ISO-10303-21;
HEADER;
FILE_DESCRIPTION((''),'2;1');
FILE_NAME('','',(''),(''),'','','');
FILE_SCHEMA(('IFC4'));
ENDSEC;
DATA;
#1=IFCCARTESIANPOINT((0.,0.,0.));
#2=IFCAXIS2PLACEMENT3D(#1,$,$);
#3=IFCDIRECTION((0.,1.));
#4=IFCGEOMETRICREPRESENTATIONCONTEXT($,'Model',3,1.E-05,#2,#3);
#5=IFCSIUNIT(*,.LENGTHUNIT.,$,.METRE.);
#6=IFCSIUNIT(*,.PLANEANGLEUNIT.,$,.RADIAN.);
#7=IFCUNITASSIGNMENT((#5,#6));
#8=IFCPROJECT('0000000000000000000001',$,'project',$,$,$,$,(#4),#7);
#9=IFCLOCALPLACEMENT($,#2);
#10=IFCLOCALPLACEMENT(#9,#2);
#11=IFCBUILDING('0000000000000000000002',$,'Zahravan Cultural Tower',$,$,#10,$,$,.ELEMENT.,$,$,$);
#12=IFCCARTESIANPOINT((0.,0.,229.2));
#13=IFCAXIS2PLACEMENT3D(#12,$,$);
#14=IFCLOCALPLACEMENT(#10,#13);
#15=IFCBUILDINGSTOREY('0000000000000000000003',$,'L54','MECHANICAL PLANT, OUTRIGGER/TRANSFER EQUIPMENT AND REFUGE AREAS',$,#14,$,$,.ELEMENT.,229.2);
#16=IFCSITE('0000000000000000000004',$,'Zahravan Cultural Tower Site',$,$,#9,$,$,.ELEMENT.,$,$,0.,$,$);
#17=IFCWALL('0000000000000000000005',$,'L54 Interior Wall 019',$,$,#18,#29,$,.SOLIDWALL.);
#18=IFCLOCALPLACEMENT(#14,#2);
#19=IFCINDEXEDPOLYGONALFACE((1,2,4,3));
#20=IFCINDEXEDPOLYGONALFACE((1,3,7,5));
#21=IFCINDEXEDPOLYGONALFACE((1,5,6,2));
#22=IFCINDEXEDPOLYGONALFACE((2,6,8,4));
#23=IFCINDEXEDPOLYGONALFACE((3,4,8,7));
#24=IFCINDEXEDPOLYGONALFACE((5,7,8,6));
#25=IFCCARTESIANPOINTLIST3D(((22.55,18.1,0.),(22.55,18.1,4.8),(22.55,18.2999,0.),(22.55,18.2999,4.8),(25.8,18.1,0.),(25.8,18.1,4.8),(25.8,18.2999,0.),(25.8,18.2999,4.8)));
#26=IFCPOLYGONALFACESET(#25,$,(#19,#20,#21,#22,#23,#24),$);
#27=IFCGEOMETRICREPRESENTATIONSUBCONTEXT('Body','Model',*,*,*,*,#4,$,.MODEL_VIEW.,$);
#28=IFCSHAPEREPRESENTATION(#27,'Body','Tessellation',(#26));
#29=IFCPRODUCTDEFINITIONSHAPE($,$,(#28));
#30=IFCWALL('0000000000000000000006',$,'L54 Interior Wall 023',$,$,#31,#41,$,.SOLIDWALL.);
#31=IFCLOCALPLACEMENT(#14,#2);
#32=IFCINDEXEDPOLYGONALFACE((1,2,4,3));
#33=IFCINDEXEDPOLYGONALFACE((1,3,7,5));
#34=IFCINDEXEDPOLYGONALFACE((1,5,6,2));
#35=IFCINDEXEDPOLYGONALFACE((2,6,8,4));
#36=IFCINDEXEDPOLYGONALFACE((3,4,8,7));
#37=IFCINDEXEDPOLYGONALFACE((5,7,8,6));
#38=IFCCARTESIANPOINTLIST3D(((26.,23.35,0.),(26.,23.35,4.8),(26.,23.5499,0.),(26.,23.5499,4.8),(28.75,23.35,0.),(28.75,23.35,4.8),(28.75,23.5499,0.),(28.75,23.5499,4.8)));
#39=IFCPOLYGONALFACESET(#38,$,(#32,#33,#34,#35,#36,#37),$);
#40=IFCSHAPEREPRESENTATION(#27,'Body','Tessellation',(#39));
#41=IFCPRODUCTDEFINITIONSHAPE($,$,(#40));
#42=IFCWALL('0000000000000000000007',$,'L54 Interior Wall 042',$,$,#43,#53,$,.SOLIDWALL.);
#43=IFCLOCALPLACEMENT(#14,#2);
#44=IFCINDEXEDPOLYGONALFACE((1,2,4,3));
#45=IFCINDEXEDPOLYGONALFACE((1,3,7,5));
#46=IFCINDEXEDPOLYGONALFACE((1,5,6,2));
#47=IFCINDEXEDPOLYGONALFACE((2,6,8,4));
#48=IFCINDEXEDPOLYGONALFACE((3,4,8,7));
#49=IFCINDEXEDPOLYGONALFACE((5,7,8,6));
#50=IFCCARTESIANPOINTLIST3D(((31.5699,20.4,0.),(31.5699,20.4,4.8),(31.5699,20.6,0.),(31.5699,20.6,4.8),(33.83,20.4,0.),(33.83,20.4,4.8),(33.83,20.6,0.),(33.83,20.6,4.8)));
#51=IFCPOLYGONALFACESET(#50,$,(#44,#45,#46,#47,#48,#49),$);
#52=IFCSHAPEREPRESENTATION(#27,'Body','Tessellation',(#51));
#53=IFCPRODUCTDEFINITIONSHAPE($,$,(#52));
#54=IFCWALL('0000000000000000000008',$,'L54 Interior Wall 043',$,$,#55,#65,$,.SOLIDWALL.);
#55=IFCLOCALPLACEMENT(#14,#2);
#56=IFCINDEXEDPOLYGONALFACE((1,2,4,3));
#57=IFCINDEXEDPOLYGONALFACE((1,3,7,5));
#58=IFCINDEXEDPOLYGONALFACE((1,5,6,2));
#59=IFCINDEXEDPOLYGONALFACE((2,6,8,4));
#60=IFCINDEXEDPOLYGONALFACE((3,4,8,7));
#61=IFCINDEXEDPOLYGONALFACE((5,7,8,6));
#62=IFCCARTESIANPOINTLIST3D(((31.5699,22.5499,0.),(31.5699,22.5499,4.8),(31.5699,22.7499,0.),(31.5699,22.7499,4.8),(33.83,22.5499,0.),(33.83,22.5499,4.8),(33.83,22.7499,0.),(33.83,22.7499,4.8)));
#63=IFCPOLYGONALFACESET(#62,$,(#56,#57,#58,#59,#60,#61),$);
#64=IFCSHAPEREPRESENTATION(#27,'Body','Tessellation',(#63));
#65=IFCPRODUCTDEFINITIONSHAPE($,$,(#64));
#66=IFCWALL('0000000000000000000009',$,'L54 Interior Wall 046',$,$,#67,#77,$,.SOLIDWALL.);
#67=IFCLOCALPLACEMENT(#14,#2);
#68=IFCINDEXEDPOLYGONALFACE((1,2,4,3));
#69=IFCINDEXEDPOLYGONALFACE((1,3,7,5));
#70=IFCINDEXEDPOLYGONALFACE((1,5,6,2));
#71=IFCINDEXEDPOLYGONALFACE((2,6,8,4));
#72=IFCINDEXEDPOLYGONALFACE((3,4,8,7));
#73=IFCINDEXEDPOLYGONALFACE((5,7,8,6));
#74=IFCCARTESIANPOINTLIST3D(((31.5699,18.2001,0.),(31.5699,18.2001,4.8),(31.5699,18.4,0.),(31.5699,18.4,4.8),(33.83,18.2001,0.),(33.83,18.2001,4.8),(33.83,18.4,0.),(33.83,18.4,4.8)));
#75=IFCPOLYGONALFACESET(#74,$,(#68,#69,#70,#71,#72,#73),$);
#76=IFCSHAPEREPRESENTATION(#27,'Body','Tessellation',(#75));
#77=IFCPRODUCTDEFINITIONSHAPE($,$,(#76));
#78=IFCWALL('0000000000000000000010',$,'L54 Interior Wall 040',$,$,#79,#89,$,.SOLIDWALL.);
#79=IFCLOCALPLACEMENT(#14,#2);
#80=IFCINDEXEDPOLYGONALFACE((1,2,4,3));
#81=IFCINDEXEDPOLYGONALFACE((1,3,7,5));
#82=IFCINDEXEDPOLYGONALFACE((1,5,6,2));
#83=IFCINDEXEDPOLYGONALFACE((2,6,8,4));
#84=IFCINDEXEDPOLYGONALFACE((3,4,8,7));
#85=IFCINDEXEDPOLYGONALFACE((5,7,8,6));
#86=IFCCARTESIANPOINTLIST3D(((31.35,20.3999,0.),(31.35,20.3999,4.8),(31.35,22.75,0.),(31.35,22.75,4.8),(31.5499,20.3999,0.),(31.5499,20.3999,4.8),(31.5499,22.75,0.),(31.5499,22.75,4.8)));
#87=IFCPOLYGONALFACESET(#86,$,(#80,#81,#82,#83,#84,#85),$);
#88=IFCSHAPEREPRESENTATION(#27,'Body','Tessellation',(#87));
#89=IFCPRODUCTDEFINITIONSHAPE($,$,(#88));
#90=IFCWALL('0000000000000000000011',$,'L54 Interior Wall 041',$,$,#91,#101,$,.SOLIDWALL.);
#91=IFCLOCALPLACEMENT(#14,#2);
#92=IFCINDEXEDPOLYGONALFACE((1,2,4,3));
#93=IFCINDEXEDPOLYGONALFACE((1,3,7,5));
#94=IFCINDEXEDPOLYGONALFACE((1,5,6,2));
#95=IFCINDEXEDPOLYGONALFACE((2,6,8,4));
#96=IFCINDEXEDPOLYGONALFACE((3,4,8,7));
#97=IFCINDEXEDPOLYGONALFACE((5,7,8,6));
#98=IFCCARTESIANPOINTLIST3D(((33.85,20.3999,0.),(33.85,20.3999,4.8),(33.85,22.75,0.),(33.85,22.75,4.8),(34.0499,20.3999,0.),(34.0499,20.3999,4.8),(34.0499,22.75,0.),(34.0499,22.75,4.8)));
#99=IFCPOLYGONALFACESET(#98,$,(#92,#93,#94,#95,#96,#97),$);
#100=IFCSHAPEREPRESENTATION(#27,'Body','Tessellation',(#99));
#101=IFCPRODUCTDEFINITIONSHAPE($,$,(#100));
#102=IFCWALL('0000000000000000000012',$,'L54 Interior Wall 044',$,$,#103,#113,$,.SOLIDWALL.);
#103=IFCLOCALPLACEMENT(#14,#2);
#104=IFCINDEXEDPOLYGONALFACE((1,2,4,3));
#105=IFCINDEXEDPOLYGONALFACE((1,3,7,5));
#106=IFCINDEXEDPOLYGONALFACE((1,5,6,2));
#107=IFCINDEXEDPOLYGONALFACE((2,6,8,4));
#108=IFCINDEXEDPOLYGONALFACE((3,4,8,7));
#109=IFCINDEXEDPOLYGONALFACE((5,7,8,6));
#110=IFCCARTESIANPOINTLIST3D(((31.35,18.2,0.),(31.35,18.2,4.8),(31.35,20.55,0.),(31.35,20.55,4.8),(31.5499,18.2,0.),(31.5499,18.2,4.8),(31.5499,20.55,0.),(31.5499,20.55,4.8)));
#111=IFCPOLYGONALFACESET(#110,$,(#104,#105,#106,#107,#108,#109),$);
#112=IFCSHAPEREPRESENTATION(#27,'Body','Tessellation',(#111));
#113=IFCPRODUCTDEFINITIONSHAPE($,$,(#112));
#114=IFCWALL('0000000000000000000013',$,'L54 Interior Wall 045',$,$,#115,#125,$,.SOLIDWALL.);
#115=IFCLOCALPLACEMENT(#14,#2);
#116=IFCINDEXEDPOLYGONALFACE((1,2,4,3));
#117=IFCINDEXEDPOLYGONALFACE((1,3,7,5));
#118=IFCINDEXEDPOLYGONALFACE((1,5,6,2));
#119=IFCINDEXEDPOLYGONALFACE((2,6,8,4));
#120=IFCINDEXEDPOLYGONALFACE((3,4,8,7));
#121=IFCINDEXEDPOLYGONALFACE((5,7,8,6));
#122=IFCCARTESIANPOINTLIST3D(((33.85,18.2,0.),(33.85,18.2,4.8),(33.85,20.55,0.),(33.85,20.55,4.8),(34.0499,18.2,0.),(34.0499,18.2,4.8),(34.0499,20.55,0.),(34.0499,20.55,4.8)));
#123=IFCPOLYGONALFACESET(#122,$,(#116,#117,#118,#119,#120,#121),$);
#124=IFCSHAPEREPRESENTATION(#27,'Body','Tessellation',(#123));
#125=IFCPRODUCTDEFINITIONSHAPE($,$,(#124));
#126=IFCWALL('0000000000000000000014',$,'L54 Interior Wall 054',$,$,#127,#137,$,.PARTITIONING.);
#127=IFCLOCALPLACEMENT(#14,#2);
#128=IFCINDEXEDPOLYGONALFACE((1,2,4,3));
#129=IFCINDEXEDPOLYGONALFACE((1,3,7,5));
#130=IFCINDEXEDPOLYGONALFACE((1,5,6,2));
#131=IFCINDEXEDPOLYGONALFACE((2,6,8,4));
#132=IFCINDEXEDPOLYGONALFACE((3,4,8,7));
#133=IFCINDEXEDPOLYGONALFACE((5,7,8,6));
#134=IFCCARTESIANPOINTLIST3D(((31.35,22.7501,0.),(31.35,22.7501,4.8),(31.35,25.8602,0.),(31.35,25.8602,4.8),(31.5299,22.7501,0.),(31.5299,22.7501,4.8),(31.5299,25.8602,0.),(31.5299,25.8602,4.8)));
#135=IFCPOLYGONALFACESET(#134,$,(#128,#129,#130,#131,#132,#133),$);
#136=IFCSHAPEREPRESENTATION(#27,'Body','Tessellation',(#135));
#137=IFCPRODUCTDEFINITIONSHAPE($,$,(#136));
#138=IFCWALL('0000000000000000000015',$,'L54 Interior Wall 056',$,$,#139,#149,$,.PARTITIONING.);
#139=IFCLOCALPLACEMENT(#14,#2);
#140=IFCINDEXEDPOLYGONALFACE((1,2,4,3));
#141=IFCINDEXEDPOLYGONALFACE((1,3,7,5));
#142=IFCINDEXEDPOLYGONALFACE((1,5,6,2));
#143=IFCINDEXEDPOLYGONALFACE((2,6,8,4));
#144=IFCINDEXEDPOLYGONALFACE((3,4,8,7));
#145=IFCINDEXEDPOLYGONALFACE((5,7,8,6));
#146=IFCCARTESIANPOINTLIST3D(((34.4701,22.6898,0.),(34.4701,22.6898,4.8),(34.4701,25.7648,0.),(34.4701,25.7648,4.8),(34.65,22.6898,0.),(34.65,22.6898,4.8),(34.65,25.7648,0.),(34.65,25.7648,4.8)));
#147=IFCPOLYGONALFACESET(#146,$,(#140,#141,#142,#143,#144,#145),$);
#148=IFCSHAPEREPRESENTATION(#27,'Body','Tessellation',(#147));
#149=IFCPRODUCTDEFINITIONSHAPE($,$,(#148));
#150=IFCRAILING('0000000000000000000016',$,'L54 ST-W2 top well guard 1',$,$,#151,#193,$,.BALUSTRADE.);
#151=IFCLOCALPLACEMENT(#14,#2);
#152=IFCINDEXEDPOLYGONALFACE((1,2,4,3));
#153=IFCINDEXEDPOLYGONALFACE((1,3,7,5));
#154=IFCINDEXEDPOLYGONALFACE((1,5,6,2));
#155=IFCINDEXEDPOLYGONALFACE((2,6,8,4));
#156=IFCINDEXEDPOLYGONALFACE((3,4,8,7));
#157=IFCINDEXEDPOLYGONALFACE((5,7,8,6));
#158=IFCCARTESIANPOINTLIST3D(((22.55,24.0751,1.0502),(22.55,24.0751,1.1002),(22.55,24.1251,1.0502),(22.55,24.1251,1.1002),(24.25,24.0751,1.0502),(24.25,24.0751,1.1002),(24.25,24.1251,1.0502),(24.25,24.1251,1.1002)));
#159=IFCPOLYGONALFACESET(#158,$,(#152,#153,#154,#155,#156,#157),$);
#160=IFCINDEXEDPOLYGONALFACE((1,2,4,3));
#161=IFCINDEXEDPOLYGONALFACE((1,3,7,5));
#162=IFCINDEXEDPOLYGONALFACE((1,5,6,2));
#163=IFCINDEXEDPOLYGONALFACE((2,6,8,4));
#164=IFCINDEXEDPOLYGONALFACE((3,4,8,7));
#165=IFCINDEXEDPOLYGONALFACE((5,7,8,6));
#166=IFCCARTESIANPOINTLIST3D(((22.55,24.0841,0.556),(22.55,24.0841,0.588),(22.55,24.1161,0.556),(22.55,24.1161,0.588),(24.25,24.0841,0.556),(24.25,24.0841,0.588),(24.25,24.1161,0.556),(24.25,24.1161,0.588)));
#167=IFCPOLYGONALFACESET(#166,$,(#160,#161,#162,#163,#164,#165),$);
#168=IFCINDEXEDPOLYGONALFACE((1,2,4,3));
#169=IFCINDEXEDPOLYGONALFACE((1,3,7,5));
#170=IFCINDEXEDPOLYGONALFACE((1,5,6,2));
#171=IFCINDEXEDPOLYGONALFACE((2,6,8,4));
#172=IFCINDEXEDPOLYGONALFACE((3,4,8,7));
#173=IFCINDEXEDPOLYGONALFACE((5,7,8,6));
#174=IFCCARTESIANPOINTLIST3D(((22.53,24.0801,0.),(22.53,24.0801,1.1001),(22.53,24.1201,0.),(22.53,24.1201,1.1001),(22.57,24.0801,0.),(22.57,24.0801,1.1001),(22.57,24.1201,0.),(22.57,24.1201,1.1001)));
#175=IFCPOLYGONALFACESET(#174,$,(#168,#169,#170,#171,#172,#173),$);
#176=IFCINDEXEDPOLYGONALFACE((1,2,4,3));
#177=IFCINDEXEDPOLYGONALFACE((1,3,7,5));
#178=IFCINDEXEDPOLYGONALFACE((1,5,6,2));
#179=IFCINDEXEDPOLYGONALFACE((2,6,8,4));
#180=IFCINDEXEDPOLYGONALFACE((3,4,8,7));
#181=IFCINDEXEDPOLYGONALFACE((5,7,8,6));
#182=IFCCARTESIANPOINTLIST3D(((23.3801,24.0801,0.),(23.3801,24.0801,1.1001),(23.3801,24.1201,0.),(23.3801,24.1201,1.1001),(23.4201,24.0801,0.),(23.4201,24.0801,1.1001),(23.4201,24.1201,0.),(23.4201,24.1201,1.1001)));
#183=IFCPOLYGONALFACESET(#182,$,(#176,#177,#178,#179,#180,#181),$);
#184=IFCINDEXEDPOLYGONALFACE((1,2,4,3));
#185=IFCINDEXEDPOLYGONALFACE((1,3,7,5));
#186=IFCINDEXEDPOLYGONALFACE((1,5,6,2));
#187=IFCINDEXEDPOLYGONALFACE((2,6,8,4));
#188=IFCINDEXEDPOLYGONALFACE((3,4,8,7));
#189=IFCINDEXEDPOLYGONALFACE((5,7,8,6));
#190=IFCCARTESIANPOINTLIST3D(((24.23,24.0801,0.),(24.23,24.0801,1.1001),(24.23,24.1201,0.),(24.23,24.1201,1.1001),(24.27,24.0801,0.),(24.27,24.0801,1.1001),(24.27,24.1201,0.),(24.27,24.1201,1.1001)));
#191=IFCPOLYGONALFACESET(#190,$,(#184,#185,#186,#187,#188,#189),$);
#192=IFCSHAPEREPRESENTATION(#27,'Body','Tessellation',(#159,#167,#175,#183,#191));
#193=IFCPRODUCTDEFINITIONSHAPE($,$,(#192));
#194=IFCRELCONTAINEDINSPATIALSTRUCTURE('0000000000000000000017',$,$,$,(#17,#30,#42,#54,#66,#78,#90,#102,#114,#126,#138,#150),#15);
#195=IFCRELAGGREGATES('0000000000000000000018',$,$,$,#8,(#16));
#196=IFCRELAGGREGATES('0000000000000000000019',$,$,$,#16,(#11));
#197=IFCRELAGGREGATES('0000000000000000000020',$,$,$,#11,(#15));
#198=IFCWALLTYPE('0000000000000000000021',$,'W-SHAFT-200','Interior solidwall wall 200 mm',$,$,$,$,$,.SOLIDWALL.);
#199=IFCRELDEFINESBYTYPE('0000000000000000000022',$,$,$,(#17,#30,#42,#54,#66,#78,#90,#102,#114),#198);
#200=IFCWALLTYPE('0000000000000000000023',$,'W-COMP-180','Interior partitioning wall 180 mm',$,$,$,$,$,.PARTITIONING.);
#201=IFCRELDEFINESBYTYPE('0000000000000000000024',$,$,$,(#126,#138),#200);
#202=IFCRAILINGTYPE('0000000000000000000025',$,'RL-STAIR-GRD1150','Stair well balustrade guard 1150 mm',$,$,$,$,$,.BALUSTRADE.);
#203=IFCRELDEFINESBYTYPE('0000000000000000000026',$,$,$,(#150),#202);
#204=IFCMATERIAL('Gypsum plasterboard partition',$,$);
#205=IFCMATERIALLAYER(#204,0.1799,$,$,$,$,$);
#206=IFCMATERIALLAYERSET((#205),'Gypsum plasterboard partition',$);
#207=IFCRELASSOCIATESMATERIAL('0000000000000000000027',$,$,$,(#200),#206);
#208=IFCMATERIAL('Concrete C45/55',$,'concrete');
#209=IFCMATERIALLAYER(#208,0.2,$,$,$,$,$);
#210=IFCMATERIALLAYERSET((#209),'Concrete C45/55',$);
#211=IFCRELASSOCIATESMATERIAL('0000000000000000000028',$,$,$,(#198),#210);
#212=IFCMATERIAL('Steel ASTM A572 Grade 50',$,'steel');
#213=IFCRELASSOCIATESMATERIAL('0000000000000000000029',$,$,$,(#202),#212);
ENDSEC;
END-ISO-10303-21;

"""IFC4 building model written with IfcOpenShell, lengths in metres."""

from ifc_helpers import new_model, si_unit, direction, frame, frame_2d, origin, origin_2d, place, context, subcontext, project, spatial, rectangle, extrude, source, transform, mapped, material, layer, layer_set, type_object, element, save


model = new_model("IFC4")

# Units and contexts
model_context = context("Model", 3, precision=1e-05, world=origin(), true_north=direction((0.0, 1.0)))
body_context = subcontext(model_context, "Body", "Model", "MODEL_VIEW")
ifc_project = project(units=[si_unit("LENGTHUNIT", "METRE"), si_unit("PLANEANGLEUNIT", "RADIAN")], contexts=[model_context])

# Site, building, storey
site_placement = place(None, origin())
site = spatial("IfcSite", under=ifc_project, at=site_placement, Name="Zahravan Cultural Tower Site", CompositionType="ELEMENT", RefElevation=0.0)
building_placement = place(site_placement, origin())
building = spatial("IfcBuilding", under=site, at=building_placement, Name="Zahravan Cultural Tower", CompositionType="ELEMENT")
storey_placement = place(building_placement, frame((0.0, 0.0, 229.2)))
storey = spatial("IfcBuildingStorey", under=building, at=storey_placement, Name="L54", Description="MECHANICAL PLANT, OUTRIGGER/TRANSFER EQUIPMENT AND REFUGE AREAS", CompositionType="ELEMENT", Elevation=229.2)

# Shared definitions
ifc_material_1 = material(Name="Gypsum plasterboard partition")
ifc_layer_1 = layer(ifc_material_1, 0.1799)
ifc_layer_set_1 = layer_set([ifc_layer_1], Name="Gypsum plasterboard partition")
wall_type_1 = type_object("IfcWallType", Name="W-COMP-180", Description="Interior partitioning wall 180 mm", PredefinedType="PARTITIONING", material=ifc_layer_set_1)
ifc_material_2 = material(Name="Steel ASTM A572 Grade 50", Category="steel")
ifc_material_3 = material(Name="Concrete C45/55", Category="concrete")
ifc_layer_2 = layer(ifc_material_3, 0.2)
ifc_layer_set_2 = layer_set([ifc_layer_2], Name="Concrete C45/55")
wall_type_2 = type_object("IfcWallType", Name="W-SHAFT-200", Description="Interior solidwall wall 200 mm", PredefinedType="SOLIDWALL", material=ifc_layer_set_2)

# Walls
shared_shape_1 = source(origin(), body_context, "Body", "SweptSolid", [
    extrude(rectangle(XDim=3.25, YDim=0.2, at=frame_2d((1.625, 0.0))), origin(), (0.0, 0.0, 1.0), 4.8),
])
wall_1_placement = place(storey_placement, frame((22.55, 18.2, 0.0), z_axis=(0.0, 0.0, 1.0), x_axis=(1.0, 0.0, 0.0)))
element("IfcWall", 1, at=wall_1_placement, inside=storey, type_object=wall_type_2, Name="L54 Interior Wall 019", PredefinedType="SOLIDWALL", context=body_context, shape_type="MappedRepresentation", body=[
    mapped(shared_shape_1, transform((0.0, 0.0, 0.0), x_axis=(1.0, 0.0, 0.0), y_axis=(0.0, 1.0, 0.0), z_axis=(0.0, 0.0, 1.0), scale=1.0)),
])
shared_shape_2 = source(origin(), body_context, "Body", "SweptSolid", [
    extrude(rectangle(XDim=2.75, YDim=0.2, at=frame_2d((1.375, 0.0))), origin(), (0.0, 0.0, 1.0), 4.8),
])
wall_2_placement = place(storey_placement, frame((26.0, 23.45, 0.0), z_axis=(0.0, 0.0, 1.0), x_axis=(1.0, 0.0, 0.0)))
element("IfcWall", 2, at=wall_2_placement, inside=storey, type_object=wall_type_2, Name="L54 Interior Wall 023", PredefinedType="SOLIDWALL", context=body_context, shape_type="MappedRepresentation", body=[
    mapped(shared_shape_2, transform((0.0, 0.0, 0.0), x_axis=(1.0, 0.0, 0.0), y_axis=(0.0, 1.0, 0.0), z_axis=(0.0, 0.0, 1.0), scale=1.0)),
])
shared_shape_3 = source(origin(), body_context, "Body", "SweptSolid", [
    extrude(rectangle(XDim=2.26, YDim=0.2, at=frame_2d((1.1299, 0.0))), origin(), (0.0, 0.0, 1.0), 4.8),
])
for number, where, z_axis, x_axis, name in (
    (3, (31.5701, 20.5, 0.0), (0.0, 0.0, 1.0), (1.0, 0.0, 0.0), "L54 Interior Wall 042"),
    (4, (31.5701, 22.6499, 0.0), (0.0, 0.0, 1.0), (1.0, 0.0, 0.0), "L54 Interior Wall 043"),
    (5, (31.5701, 18.3, 0.0), (0.0, 0.0, 1.0), (1.0, 0.0, 0.0), "L54 Interior Wall 046"),
):
    element("IfcWall", number, at=place(storey_placement, frame(where, z_axis=z_axis, x_axis=x_axis)), inside=storey, type_object=wall_type_2, Name=name, PredefinedType="SOLIDWALL", context=body_context, shape_type="MappedRepresentation", body=[
        mapped(shared_shape_3, transform((0.0, 0.0, 0.0), x_axis=(1.0, 0.0, 0.0), y_axis=(0.0, 1.0, 0.0), z_axis=(0.0, 0.0, 1.0), scale=1.0)),
    ])
shared_shape_4 = source(origin(), body_context, "Body", "SweptSolid", [
    extrude(rectangle(XDim=2.3501, YDim=0.2, at=frame_2d((1.175, 0.0))), origin(), (0.0, 0.0, 1.0), 4.8),
])
for number, where, z_axis, x_axis, name in (
    (6, (31.45, 20.3999, 0.0), (0.0, 0.0, 1.0), (0.0, 1.0, 0.0), "L54 Interior Wall 040"),
    (7, (33.95, 20.3999, 0.0), (0.0, 0.0, 1.0), (0.0, 1.0, 0.0), "L54 Interior Wall 041"),
    (8, (31.45, 18.2, 0.0), (0.0, 0.0, 1.0), (0.0, 1.0, 0.0), "L54 Interior Wall 044"),
    (9, (33.95, 18.2, 0.0), (0.0, 0.0, 1.0), (0.0, 1.0, 0.0), "L54 Interior Wall 045"),
):
    element("IfcWall", number, at=place(storey_placement, frame(where, z_axis=z_axis, x_axis=x_axis)), inside=storey, type_object=wall_type_2, Name=name, PredefinedType="SOLIDWALL", context=body_context, shape_type="MappedRepresentation", body=[
        mapped(shared_shape_4, transform((0.0, 0.0, 0.0), x_axis=(1.0, 0.0, 0.0), y_axis=(0.0, 1.0, 0.0), z_axis=(0.0, 0.0, 1.0), scale=1.0)),
    ])
shared_shape_5 = source(origin(), body_context, "Body", "SweptSolid", [
    extrude(rectangle(XDim=3.1101, YDim=0.1799, at=frame_2d((1.5552, 0.0))), origin(), (0.0, 0.0, 1.0), 4.8),
])
wall_3_placement = place(storey_placement, frame((31.4399, 22.75, 0.0), z_axis=(0.0, 0.0, 1.0), x_axis=(0.0, 1.0, 0.0)))
element("IfcWall", 10, at=wall_3_placement, inside=storey, type_object=wall_type_1, Name="L54 Interior Wall 054", PredefinedType="PARTITIONING", context=body_context, shape_type="MappedRepresentation", body=[
    mapped(shared_shape_5, transform((0.0, 0.0, 0.0), x_axis=(1.0, 0.0, 0.0), y_axis=(0.0, 1.0, 0.0), z_axis=(0.0, 0.0, 1.0), scale=1.0)),
])
shared_shape_6 = source(origin(), body_context, "Body", "SweptSolid", [
    extrude(rectangle(XDim=3.075, YDim=0.1799, at=frame_2d((1.5376, 0.0))), origin(), (0.0, 0.0, 1.0), 4.8),
])
wall_4_placement = place(storey_placement, frame((34.5601, 25.7649, 0.0), z_axis=(0.0, 0.0, 1.0), x_axis=(0.0, -1.0, 0.0)))
element("IfcWall", 11, at=wall_4_placement, inside=storey, type_object=wall_type_1, Name="L54 Interior Wall 056", PredefinedType="PARTITIONING", context=body_context, shape_type="MappedRepresentation", body=[
    mapped(shared_shape_6, transform((0.0, 0.0, 0.0), x_axis=(1.0, 0.0, 0.0), y_axis=(0.0, 1.0, 0.0), z_axis=(0.0, 0.0, 1.0), scale=1.0)),
])

# Railing
railing_type = type_object("IfcRailingType", Name="RL-STAIR-GRD1150", Description="Stair well balustrade guard 1150 mm", PredefinedType="BALUSTRADE", material=ifc_material_2)
railing_placement = place(storey_placement, frame((22.55, 24.1001, 0.0)))
element("IfcRailing", 12, at=railing_placement, inside=storey, type_object=railing_type, Name="L54 ST-W2 top well guard 1", PredefinedType="BALUSTRADE", context=body_context, shape_type="SweptSolid", body=[
    extrude(rectangle(XDim=0.05, YDim=0.05, at=origin_2d()), frame((0.0, 0.0, 1.0752), z_axis=(1.0, 0.0, 0.0), x_axis=(0.0, 1.0, 0.0)), (0.0, 0.0, 1.0), 1.7),
    extrude(rectangle(XDim=0.032, YDim=0.032, at=origin_2d()), frame((0.0, 0.0, 0.572), z_axis=(1.0, 0.0, 0.0), x_axis=(0.0, 1.0, 0.0)), (0.0, 0.0, 1.0), 1.7),
    extrude(rectangle(XDim=0.04, YDim=0.04, at=origin_2d()), origin(), (0.0, 0.0, 1.0), 1.1001),
    extrude(rectangle(XDim=0.04, YDim=0.04, at=origin_2d()), frame((0.8501, 0.0, 0.0)), (0.0, 0.0, 1.0), 1.1001),
    extrude(rectangle(XDim=0.04, YDim=0.04, at=origin_2d()), frame((1.7, 0.0, 0.0)), (0.0, 0.0, 1.0), 1.1001),
])

save(model, "model.ifc")
